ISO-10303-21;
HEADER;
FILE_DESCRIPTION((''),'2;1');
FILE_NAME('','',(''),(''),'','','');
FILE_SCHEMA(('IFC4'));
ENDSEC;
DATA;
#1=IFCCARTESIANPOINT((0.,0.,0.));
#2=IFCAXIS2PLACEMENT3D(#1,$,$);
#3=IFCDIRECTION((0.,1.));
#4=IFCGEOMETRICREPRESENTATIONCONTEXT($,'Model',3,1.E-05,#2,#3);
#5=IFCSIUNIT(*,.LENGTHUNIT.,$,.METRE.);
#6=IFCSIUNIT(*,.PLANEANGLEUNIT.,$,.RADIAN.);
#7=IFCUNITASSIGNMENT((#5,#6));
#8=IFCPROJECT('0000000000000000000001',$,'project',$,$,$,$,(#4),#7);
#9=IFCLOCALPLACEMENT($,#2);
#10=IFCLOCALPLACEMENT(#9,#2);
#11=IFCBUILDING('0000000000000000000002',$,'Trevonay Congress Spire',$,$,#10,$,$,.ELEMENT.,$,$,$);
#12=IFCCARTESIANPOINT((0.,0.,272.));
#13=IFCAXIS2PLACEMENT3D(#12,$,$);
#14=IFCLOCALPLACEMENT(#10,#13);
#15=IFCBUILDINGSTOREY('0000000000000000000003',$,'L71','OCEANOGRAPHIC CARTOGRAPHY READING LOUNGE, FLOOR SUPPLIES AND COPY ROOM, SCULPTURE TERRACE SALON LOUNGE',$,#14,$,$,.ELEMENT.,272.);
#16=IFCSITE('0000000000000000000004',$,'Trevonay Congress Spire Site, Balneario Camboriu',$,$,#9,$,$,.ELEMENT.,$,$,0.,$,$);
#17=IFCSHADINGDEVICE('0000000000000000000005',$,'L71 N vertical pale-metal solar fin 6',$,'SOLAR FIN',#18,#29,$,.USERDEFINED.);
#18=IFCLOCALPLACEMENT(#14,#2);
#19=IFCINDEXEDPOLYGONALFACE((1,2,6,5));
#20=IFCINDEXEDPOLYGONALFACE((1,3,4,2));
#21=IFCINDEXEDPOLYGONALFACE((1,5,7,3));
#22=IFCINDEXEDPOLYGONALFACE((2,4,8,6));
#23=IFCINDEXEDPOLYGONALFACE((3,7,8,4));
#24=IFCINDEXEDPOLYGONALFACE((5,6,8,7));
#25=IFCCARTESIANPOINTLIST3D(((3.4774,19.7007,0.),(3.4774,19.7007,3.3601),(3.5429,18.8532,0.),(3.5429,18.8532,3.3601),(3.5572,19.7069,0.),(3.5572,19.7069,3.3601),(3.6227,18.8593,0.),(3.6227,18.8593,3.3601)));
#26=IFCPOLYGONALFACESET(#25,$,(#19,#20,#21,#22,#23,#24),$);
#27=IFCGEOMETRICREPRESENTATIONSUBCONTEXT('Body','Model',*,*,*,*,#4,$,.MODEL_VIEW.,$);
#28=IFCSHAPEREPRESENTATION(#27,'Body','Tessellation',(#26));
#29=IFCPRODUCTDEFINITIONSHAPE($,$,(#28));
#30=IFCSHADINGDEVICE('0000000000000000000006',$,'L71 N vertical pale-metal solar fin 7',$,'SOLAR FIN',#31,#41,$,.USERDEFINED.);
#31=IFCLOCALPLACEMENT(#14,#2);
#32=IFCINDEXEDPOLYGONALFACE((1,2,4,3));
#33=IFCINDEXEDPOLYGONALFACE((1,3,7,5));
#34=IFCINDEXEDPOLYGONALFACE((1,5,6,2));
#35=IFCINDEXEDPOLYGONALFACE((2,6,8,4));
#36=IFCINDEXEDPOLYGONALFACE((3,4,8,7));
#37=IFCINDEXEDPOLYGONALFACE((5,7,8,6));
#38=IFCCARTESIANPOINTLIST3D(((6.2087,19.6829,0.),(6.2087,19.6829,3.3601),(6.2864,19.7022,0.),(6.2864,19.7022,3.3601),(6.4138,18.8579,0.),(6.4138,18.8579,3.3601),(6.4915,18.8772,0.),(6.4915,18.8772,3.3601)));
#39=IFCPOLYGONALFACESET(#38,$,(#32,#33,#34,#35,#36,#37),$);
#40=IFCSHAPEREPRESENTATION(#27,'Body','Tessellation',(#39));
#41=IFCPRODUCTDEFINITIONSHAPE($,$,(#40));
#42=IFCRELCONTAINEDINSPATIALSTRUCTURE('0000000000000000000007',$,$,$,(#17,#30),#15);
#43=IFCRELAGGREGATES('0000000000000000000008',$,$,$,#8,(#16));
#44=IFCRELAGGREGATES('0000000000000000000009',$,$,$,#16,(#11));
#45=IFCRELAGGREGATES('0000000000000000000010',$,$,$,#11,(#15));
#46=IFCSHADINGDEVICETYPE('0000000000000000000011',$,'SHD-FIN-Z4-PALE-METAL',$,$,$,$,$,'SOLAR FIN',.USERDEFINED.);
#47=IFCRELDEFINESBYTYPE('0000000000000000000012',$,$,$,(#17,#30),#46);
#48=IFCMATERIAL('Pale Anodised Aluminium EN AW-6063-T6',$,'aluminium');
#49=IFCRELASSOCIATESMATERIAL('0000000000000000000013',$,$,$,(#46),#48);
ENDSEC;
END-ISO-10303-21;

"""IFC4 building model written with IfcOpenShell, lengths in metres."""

from ifc_helpers import new_model, si_unit, direction, frame, origin, origin_2d, place, context, subcontext, project, spatial, rectangle, extrude, material, type_object, element, save


model = new_model("IFC4")

# Units and contexts
model_context = context("Model", 3, precision=1e-05, world=origin(), true_north=direction((0.0, 1.0)))
body_context = subcontext(model_context, "Body", "Model", "MODEL_VIEW")
ifc_project = project(units=[si_unit("LENGTHUNIT", "METRE"), si_unit("PLANEANGLEUNIT", "RADIAN")], contexts=[model_context])

# Site, building, storey
site_placement = place(None, origin())
site = spatial("IfcSite", under=ifc_project, at=site_placement, Name="Trevonay Congress Spire Site, Balneario Camboriu", CompositionType="ELEMENT", RefElevation=0.0)
building_placement = place(site_placement, origin())
building = spatial("IfcBuilding", under=site, at=building_placement, Name="Trevonay Congress Spire", CompositionType="ELEMENT")
storey_placement = place(building_placement, frame((0.0, 0.0, 272.0)))
storey = spatial("IfcBuildingStorey", under=building, at=storey_placement, Name="L71", Description="OCEANOGRAPHIC CARTOGRAPHY READING LOUNGE, FLOOR SUPPLIES AND COPY ROOM, SCULPTURE TERRACE SALON LOUNGE", CompositionType="ELEMENT", Elevation=272.0)

# Shared definitions
ifc_material_1 = material(Name="Pale Anodised Aluminium EN AW-6063-T6", Category="aluminium")

# Shading devices
shading_device_type = type_object("IfcShadingDeviceType", Name="SHD-FIN-Z4-PALE-METAL", ElementType="SOLAR FIN", PredefinedType="USERDEFINED", material=ifc_material_1)
for number, where, z_axis, x_axis, name in (
    (1, (3.55, 19.28, 0.0), (0.0, 0.0, 1.0), (0.997026, 0.077067, 0.0), "L71 N vertical pale-metal solar fin 6"),
    (2, (6.3501, 19.28, 0.0), (0.0, 0.0, 1.0), (0.970464, 0.241244, 0.0), "L71 N vertical pale-metal solar fin 7"),
):
    element("IfcShadingDevice", number, at=place(storey_placement, frame(where, z_axis=z_axis, x_axis=x_axis)), inside=storey, type_object=shading_device_type, Name=name, ObjectType="SOLAR FIN", PredefinedType="USERDEFINED", context=body_context, shape_type="SweptSolid", body=[
        extrude(rectangle(XDim=0.0801, YDim=0.8501, at=origin_2d()), origin(), (0.0, 0.0, 1.0), 3.3601),
    ])

save(model, "model.ifc")
